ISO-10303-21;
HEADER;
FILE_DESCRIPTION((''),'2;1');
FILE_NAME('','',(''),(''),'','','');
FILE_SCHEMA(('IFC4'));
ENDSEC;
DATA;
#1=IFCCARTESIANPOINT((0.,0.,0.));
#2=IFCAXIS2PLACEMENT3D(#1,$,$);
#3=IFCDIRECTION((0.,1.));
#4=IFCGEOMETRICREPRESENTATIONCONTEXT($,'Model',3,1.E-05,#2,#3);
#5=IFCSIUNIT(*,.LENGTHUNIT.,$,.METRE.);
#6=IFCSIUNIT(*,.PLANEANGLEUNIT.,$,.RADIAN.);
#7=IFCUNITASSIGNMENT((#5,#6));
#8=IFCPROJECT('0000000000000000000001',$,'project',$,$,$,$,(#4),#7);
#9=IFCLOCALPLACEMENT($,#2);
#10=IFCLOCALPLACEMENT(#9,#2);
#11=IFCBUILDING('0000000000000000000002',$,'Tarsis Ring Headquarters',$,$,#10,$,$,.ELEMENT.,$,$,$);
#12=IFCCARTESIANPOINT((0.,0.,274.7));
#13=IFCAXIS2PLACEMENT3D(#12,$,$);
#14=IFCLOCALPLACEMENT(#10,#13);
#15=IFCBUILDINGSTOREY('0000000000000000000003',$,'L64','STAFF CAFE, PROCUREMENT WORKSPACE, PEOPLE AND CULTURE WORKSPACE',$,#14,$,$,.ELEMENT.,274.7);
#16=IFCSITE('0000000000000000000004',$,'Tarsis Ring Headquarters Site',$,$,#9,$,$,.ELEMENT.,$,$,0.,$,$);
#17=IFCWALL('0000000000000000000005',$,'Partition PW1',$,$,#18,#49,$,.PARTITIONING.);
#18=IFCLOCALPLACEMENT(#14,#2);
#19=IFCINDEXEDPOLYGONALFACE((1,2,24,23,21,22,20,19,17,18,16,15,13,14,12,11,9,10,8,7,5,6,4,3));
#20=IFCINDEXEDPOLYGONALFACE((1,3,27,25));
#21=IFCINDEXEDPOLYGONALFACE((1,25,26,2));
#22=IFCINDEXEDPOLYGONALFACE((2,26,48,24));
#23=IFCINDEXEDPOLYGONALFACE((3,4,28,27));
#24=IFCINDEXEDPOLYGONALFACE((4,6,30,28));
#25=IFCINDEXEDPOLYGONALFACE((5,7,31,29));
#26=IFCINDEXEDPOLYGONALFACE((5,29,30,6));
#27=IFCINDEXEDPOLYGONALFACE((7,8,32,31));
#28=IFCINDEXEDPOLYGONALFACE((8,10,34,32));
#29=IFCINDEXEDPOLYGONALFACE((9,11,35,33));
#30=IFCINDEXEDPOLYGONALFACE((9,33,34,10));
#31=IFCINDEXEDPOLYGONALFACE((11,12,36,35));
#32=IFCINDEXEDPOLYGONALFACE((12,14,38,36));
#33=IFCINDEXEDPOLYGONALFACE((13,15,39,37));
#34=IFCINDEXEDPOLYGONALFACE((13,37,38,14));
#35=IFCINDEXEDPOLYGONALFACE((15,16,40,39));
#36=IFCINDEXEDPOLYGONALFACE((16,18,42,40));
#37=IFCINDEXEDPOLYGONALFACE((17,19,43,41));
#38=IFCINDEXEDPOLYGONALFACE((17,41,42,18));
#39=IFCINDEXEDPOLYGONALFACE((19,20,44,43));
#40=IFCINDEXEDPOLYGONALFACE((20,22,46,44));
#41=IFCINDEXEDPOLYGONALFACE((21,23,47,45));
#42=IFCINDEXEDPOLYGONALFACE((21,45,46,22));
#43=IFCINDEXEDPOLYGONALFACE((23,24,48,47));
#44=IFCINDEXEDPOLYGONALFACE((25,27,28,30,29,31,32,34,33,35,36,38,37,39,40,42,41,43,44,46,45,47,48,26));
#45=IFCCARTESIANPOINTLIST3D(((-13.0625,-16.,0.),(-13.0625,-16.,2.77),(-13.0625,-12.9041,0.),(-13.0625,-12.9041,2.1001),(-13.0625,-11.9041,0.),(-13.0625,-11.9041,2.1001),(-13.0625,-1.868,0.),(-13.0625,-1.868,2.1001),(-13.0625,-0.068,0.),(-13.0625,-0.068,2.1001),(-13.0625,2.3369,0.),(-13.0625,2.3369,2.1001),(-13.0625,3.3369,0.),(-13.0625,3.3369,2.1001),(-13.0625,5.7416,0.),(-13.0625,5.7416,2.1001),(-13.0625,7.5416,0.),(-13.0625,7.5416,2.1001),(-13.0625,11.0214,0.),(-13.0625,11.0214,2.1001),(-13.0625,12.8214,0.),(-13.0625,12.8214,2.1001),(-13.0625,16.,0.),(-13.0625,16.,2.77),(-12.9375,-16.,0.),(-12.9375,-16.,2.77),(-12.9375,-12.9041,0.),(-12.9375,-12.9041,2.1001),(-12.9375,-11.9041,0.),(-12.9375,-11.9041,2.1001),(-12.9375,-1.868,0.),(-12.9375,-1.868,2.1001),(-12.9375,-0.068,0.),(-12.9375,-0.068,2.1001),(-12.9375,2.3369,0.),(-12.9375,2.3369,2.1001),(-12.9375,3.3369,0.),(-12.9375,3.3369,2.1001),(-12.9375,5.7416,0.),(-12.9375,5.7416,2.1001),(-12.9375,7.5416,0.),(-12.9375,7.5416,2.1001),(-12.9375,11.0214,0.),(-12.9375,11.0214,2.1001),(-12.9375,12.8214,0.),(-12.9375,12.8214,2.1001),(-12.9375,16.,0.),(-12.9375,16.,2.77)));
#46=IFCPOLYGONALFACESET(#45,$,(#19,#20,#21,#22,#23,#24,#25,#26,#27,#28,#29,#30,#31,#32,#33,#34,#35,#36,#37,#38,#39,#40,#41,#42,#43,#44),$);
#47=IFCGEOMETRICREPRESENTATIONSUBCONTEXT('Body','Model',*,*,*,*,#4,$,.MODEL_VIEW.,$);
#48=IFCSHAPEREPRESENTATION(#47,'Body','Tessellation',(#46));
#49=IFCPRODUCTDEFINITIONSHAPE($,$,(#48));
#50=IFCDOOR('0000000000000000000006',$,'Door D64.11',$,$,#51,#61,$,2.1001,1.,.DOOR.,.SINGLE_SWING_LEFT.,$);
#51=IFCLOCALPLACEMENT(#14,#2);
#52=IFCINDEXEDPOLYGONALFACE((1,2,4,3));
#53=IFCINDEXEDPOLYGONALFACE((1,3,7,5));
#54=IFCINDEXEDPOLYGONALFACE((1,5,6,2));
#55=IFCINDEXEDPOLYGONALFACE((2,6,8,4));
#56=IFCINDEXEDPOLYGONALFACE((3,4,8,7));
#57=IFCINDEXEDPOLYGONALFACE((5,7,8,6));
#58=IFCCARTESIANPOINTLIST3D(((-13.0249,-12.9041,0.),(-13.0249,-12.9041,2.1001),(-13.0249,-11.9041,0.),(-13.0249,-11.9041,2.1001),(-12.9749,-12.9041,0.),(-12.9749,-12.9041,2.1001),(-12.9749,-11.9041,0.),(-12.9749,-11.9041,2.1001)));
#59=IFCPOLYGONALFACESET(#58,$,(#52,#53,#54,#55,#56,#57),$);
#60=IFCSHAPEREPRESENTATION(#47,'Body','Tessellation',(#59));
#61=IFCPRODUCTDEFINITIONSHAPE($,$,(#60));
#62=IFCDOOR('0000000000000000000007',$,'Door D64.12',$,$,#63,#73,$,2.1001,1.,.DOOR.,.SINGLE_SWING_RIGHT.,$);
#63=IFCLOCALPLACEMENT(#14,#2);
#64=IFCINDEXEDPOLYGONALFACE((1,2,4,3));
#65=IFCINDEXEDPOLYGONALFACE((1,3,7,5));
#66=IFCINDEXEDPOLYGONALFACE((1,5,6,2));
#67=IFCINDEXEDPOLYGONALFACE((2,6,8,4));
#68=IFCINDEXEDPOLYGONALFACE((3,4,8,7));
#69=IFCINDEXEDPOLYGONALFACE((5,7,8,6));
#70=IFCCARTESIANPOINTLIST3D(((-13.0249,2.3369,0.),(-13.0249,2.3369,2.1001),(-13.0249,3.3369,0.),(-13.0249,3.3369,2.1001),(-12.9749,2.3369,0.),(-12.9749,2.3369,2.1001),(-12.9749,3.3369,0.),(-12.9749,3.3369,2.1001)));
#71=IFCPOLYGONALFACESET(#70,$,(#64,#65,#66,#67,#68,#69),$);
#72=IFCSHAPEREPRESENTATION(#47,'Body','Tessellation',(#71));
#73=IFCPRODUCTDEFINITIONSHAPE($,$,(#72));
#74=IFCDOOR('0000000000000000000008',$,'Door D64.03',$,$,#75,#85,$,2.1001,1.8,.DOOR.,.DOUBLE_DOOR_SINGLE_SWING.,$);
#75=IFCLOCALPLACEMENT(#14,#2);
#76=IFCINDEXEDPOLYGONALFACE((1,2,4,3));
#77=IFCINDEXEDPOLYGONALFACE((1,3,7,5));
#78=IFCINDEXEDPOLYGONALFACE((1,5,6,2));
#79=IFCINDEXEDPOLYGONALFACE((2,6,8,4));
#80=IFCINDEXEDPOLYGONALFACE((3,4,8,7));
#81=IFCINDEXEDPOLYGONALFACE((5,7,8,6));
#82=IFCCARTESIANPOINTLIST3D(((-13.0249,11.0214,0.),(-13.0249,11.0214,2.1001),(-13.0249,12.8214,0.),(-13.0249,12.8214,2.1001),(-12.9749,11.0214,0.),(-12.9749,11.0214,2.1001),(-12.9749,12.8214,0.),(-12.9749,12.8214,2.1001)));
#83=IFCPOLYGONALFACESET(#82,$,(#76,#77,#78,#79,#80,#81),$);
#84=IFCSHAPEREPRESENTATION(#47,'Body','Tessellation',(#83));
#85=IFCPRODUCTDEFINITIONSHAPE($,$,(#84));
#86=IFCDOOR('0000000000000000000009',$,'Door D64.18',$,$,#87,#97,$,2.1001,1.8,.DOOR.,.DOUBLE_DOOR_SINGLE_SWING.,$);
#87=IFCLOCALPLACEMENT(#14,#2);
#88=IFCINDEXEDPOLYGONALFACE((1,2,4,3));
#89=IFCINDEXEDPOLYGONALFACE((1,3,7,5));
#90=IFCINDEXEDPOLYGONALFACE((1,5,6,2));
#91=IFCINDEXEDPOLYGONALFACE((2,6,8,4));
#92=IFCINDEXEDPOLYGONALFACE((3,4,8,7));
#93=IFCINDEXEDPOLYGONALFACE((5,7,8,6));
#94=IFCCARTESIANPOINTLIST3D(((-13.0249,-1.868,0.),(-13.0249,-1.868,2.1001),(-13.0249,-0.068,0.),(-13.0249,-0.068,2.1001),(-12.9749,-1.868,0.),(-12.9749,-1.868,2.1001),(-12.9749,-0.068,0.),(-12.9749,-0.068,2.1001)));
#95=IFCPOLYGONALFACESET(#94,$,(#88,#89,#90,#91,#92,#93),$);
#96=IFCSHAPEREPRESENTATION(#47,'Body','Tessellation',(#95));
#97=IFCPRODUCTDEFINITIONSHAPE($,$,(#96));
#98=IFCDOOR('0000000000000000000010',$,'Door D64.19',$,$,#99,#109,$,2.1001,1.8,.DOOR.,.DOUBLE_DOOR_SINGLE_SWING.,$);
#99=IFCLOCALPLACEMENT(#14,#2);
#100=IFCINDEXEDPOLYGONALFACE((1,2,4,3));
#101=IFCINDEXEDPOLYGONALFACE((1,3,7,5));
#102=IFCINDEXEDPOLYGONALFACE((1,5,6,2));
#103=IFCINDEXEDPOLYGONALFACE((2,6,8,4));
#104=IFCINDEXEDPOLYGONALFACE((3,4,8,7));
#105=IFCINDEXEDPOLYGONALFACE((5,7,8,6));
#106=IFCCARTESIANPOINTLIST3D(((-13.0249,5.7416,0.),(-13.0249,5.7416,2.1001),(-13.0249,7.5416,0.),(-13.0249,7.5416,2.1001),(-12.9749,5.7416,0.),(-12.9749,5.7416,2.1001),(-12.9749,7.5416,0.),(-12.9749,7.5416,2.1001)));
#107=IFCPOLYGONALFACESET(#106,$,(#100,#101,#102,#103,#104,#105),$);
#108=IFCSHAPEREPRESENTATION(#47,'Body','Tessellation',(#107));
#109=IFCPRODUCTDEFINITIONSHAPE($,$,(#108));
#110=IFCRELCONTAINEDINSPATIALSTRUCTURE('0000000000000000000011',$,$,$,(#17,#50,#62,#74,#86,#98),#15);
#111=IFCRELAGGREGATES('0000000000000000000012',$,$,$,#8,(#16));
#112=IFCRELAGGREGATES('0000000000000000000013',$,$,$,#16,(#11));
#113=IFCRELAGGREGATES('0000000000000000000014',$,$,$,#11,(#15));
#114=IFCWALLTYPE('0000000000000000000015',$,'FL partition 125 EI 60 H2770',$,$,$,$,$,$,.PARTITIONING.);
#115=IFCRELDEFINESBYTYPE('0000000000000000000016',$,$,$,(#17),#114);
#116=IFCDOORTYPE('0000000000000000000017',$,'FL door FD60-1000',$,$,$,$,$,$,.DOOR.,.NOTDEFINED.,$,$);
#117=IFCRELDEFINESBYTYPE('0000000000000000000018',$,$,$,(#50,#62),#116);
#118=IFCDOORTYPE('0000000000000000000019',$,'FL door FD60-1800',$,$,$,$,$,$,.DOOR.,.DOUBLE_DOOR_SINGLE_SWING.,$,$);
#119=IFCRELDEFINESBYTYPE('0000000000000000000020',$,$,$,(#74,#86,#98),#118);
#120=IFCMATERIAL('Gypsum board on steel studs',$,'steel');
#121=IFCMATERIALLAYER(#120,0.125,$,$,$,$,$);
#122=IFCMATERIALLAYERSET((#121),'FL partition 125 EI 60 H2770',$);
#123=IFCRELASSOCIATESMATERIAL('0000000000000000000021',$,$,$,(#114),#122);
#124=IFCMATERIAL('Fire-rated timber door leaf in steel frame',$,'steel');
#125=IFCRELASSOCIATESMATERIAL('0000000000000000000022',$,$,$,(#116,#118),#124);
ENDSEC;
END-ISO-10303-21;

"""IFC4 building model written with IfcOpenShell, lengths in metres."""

from ifc_helpers import new_model, si_unit, direction, frame, frame_2d, origin, place, context, subcontext, project, spatial, rectangle, extrude, material, layer, layer_set, type_object, element, fill, save


model = new_model("IFC4")

# Units and contexts
model_context = context("Model", 3, precision=1e-05, world=origin(), true_north=direction((0.0, 1.0)))
body_context = subcontext(model_context, "Body", "Model", "MODEL_VIEW")
ifc_project = project(units=[si_unit("LENGTHUNIT", "METRE"), si_unit("PLANEANGLEUNIT", "RADIAN")], contexts=[model_context])

# Site, building, storey
site_placement = place(None, origin())
site = spatial("IfcSite", under=ifc_project, at=site_placement, Name="Tarsis Ring Headquarters Site", CompositionType="ELEMENT", RefElevation=0.0)
building_placement = place(site_placement, origin())
building = spatial("IfcBuilding", under=site, at=building_placement, Name="Tarsis Ring Headquarters", CompositionType="ELEMENT")
storey_placement = place(building_placement, frame((0.0, 0.0, 274.7)))
storey = spatial("IfcBuildingStorey", under=building, at=storey_placement, Name="L64", Description="STAFF CAFE, PROCUREMENT WORKSPACE, PEOPLE AND CULTURE WORKSPACE", CompositionType="ELEMENT", Elevation=274.7)

# Shared definitions
ifc_material_1 = material(Name="Gypsum board on steel studs", Category="steel")

# Wall, openings, doors
ifc_layer_1 = layer(ifc_material_1, 0.125)
ifc_layer_set_1 = layer_set([ifc_layer_1], Name="FL partition 125 EI 60 H2770")
wall_type_1 = type_object("IfcWallType", Name="FL partition 125 EI 60 H2770", PredefinedType="PARTITIONING", material=ifc_layer_set_1)
wall_1_placement = place(storey_placement, frame((-13.0, -16.0, 0.0), z_axis=(0.0, 0.0, 1.0), x_axis=(0.0, 1.0, 0.0)))
wall_1 = element("IfcWall", 1, at=wall_1_placement, inside=storey, type_object=wall_type_1, Name="Partition PW1", PredefinedType="PARTITIONING", context=body_context, shape_type="SweptSolid", body=[
    extrude(rectangle(XDim=32.0, YDim=0.125, at=frame_2d((16.0, 0.0))), origin(), (0.0, 0.0, 1.0), 2.77),
])
opening_1_placement = place(wall_1_placement, frame((27.0215, 0.0, 0.0)))
opening_1 = element("IfcOpeningElement", 2, at=opening_1_placement, cuts=wall_1, PredefinedType="OPENING", context=body_context, shape_type="SweptSolid", body=[
    extrude(rectangle(XDim=1.8, YDim=2.1001, at=frame_2d((0.8999, 1.05))), frame((0.0, 0.0725, 0.0), z_axis=(0.0, -1.0, 0.0), x_axis=(1.0, 0.0, 0.0)), (0.0, 0.0, 1.0), 0.145),
])
opening_2_placement = place(wall_1_placement, frame((3.0959, 0.0, 0.0)))
opening_2 = element("IfcOpeningElement", 3, at=opening_2_placement, cuts=wall_1, PredefinedType="OPENING", context=body_context, shape_type="SweptSolid", body=[
    extrude(rectangle(XDim=1.0, YDim=2.1001, at=frame_2d((0.5, 1.05))), frame((0.0, 0.0725, 0.0), z_axis=(0.0, -1.0, 0.0), x_axis=(1.0, 0.0, 0.0)), (0.0, 0.0, 1.0), 0.145),
])
opening_3_placement = place(wall_1_placement, frame((18.3369, 0.0, 0.0)))
opening_3 = element("IfcOpeningElement", 4, at=opening_3_placement, cuts=wall_1, PredefinedType="OPENING", context=body_context, shape_type="SweptSolid", body=[
    extrude(rectangle(XDim=1.0, YDim=2.1001, at=frame_2d((0.5, 1.05))), frame((0.0, 0.0725, 0.0), z_axis=(0.0, -1.0, 0.0), x_axis=(1.0, 0.0, 0.0)), (0.0, 0.0, 1.0), 0.145),
])
opening_4_placement = place(wall_1_placement, frame((14.1321, 0.0, 0.0)))
opening_4 = element("IfcOpeningElement", 5, at=opening_4_placement, cuts=wall_1, PredefinedType="OPENING", context=body_context, shape_type="SweptSolid", body=[
    extrude(rectangle(XDim=1.8, YDim=2.1001, at=frame_2d((0.8999, 1.05))), frame((0.0, 0.0725, 0.0), z_axis=(0.0, -1.0, 0.0), x_axis=(1.0, 0.0, 0.0)), (0.0, 0.0, 1.0), 0.145),
])
opening_5_placement = place(wall_1_placement, frame((21.7417, 0.0, 0.0)))
opening_5 = element("IfcOpeningElement", 6, at=opening_5_placement, cuts=wall_1, PredefinedType="OPENING", context=body_context, shape_type="SweptSolid", body=[
    extrude(rectangle(XDim=1.8, YDim=2.1001, at=frame_2d((0.8999, 1.05))), frame((0.0, 0.0725, 0.0), z_axis=(0.0, -1.0, 0.0), x_axis=(1.0, 0.0, 0.0)), (0.0, 0.0, 1.0), 0.145),
])
ifc_material_2 = material(Name="Fire-rated timber door leaf in steel frame", Category="steel")
door_type_1 = type_object("IfcDoorType", Name="FL door FD60-1000", OperationType="NOTDEFINED", PredefinedType="DOOR", material=ifc_material_2)
door_1_placement = place(opening_2_placement, origin())
door_1 = element("IfcDoor", 7, at=door_1_placement, inside=storey, type_object=door_type_1, Name="Door D64.11", OperationType="SINGLE_SWING_LEFT", OverallHeight=2.1001, OverallWidth=1.0, PredefinedType="DOOR", context=body_context, shape_type="SweptSolid", body=[
    extrude(rectangle(XDim=1.0, YDim=2.1001, at=frame_2d((0.5, 1.05))), frame((0.0, 0.0249, 0.0), z_axis=(0.0, -1.0, 0.0), x_axis=(1.0, 0.0, 0.0)), (0.0, 0.0, 1.0), 0.05),
])
fill(opening_2, door_1)
door_2_placement = place(opening_3_placement, origin())
door_2 = element("IfcDoor", 8, at=door_2_placement, inside=storey, type_object=door_type_1, Name="Door D64.12", OperationType="SINGLE_SWING_RIGHT", OverallHeight=2.1001, OverallWidth=1.0, PredefinedType="DOOR", context=body_context, shape_type="SweptSolid", body=[
    extrude(rectangle(XDim=1.0, YDim=2.1001, at=frame_2d((0.5, 1.05))), frame((0.0, 0.0249, 0.0), z_axis=(0.0, -1.0, 0.0), x_axis=(1.0, 0.0, 0.0)), (0.0, 0.0, 1.0), 0.05),
])
fill(opening_3, door_2)
door_type_2 = type_object("IfcDoorType", Name="FL door FD60-1800", OperationType="DOUBLE_DOOR_SINGLE_SWING", PredefinedType="DOOR", material=ifc_material_2)
door_3_placement = place(opening_1_placement, origin())
door_3 = element("IfcDoor", 9, at=door_3_placement, inside=storey, type_object=door_type_2, Name="Door D64.03", OperationType="DOUBLE_DOOR_SINGLE_SWING", OverallHeight=2.1001, OverallWidth=1.8, PredefinedType="DOOR", context=body_context, shape_type="SweptSolid", body=[
    extrude(rectangle(XDim=1.8, YDim=2.1001, at=frame_2d((0.8999, 1.05))), frame((0.0, 0.0249, 0.0), z_axis=(0.0, -1.0, 0.0), x_axis=(1.0, 0.0, 0.0)), (0.0, 0.0, 1.0), 0.05),
])
fill(opening_1, door_3)
door_4_placement = place(opening_4_placement, origin())
door_4 = element("IfcDoor", 10, at=door_4_placement, inside=storey, type_object=door_type_2, Name="Door D64.18", OperationType="DOUBLE_DOOR_SINGLE_SWING", OverallHeight=2.1001, OverallWidth=1.8, PredefinedType="DOOR", context=body_context, shape_type="SweptSolid", body=[
    extrude(rectangle(XDim=1.8, YDim=2.1001, at=frame_2d((0.8999, 1.05))), frame((0.0, 0.0249, 0.0), z_axis=(0.0, -1.0, 0.0), x_axis=(1.0, 0.0, 0.0)), (0.0, 0.0, 1.0), 0.05),
])
fill(opening_4, door_4)
door_5_placement = place(opening_5_placement, origin())
door_5 = element("IfcDoor", 11, at=door_5_placement, inside=storey, type_object=door_type_2, Name="Door D64.19", OperationType="DOUBLE_DOOR_SINGLE_SWING", OverallHeight=2.1001, OverallWidth=1.8, PredefinedType="DOOR", context=body_context, shape_type="SweptSolid", body=[
    extrude(rectangle(XDim=1.8, YDim=2.1001, at=frame_2d((0.8999, 1.05))), frame((0.0, 0.0249, 0.0), z_axis=(0.0, -1.0, 0.0), x_axis=(1.0, 0.0, 0.0)), (0.0, 0.0, 1.0), 0.05),
])
fill(opening_5, door_5)

save(model, "model.ifc")
